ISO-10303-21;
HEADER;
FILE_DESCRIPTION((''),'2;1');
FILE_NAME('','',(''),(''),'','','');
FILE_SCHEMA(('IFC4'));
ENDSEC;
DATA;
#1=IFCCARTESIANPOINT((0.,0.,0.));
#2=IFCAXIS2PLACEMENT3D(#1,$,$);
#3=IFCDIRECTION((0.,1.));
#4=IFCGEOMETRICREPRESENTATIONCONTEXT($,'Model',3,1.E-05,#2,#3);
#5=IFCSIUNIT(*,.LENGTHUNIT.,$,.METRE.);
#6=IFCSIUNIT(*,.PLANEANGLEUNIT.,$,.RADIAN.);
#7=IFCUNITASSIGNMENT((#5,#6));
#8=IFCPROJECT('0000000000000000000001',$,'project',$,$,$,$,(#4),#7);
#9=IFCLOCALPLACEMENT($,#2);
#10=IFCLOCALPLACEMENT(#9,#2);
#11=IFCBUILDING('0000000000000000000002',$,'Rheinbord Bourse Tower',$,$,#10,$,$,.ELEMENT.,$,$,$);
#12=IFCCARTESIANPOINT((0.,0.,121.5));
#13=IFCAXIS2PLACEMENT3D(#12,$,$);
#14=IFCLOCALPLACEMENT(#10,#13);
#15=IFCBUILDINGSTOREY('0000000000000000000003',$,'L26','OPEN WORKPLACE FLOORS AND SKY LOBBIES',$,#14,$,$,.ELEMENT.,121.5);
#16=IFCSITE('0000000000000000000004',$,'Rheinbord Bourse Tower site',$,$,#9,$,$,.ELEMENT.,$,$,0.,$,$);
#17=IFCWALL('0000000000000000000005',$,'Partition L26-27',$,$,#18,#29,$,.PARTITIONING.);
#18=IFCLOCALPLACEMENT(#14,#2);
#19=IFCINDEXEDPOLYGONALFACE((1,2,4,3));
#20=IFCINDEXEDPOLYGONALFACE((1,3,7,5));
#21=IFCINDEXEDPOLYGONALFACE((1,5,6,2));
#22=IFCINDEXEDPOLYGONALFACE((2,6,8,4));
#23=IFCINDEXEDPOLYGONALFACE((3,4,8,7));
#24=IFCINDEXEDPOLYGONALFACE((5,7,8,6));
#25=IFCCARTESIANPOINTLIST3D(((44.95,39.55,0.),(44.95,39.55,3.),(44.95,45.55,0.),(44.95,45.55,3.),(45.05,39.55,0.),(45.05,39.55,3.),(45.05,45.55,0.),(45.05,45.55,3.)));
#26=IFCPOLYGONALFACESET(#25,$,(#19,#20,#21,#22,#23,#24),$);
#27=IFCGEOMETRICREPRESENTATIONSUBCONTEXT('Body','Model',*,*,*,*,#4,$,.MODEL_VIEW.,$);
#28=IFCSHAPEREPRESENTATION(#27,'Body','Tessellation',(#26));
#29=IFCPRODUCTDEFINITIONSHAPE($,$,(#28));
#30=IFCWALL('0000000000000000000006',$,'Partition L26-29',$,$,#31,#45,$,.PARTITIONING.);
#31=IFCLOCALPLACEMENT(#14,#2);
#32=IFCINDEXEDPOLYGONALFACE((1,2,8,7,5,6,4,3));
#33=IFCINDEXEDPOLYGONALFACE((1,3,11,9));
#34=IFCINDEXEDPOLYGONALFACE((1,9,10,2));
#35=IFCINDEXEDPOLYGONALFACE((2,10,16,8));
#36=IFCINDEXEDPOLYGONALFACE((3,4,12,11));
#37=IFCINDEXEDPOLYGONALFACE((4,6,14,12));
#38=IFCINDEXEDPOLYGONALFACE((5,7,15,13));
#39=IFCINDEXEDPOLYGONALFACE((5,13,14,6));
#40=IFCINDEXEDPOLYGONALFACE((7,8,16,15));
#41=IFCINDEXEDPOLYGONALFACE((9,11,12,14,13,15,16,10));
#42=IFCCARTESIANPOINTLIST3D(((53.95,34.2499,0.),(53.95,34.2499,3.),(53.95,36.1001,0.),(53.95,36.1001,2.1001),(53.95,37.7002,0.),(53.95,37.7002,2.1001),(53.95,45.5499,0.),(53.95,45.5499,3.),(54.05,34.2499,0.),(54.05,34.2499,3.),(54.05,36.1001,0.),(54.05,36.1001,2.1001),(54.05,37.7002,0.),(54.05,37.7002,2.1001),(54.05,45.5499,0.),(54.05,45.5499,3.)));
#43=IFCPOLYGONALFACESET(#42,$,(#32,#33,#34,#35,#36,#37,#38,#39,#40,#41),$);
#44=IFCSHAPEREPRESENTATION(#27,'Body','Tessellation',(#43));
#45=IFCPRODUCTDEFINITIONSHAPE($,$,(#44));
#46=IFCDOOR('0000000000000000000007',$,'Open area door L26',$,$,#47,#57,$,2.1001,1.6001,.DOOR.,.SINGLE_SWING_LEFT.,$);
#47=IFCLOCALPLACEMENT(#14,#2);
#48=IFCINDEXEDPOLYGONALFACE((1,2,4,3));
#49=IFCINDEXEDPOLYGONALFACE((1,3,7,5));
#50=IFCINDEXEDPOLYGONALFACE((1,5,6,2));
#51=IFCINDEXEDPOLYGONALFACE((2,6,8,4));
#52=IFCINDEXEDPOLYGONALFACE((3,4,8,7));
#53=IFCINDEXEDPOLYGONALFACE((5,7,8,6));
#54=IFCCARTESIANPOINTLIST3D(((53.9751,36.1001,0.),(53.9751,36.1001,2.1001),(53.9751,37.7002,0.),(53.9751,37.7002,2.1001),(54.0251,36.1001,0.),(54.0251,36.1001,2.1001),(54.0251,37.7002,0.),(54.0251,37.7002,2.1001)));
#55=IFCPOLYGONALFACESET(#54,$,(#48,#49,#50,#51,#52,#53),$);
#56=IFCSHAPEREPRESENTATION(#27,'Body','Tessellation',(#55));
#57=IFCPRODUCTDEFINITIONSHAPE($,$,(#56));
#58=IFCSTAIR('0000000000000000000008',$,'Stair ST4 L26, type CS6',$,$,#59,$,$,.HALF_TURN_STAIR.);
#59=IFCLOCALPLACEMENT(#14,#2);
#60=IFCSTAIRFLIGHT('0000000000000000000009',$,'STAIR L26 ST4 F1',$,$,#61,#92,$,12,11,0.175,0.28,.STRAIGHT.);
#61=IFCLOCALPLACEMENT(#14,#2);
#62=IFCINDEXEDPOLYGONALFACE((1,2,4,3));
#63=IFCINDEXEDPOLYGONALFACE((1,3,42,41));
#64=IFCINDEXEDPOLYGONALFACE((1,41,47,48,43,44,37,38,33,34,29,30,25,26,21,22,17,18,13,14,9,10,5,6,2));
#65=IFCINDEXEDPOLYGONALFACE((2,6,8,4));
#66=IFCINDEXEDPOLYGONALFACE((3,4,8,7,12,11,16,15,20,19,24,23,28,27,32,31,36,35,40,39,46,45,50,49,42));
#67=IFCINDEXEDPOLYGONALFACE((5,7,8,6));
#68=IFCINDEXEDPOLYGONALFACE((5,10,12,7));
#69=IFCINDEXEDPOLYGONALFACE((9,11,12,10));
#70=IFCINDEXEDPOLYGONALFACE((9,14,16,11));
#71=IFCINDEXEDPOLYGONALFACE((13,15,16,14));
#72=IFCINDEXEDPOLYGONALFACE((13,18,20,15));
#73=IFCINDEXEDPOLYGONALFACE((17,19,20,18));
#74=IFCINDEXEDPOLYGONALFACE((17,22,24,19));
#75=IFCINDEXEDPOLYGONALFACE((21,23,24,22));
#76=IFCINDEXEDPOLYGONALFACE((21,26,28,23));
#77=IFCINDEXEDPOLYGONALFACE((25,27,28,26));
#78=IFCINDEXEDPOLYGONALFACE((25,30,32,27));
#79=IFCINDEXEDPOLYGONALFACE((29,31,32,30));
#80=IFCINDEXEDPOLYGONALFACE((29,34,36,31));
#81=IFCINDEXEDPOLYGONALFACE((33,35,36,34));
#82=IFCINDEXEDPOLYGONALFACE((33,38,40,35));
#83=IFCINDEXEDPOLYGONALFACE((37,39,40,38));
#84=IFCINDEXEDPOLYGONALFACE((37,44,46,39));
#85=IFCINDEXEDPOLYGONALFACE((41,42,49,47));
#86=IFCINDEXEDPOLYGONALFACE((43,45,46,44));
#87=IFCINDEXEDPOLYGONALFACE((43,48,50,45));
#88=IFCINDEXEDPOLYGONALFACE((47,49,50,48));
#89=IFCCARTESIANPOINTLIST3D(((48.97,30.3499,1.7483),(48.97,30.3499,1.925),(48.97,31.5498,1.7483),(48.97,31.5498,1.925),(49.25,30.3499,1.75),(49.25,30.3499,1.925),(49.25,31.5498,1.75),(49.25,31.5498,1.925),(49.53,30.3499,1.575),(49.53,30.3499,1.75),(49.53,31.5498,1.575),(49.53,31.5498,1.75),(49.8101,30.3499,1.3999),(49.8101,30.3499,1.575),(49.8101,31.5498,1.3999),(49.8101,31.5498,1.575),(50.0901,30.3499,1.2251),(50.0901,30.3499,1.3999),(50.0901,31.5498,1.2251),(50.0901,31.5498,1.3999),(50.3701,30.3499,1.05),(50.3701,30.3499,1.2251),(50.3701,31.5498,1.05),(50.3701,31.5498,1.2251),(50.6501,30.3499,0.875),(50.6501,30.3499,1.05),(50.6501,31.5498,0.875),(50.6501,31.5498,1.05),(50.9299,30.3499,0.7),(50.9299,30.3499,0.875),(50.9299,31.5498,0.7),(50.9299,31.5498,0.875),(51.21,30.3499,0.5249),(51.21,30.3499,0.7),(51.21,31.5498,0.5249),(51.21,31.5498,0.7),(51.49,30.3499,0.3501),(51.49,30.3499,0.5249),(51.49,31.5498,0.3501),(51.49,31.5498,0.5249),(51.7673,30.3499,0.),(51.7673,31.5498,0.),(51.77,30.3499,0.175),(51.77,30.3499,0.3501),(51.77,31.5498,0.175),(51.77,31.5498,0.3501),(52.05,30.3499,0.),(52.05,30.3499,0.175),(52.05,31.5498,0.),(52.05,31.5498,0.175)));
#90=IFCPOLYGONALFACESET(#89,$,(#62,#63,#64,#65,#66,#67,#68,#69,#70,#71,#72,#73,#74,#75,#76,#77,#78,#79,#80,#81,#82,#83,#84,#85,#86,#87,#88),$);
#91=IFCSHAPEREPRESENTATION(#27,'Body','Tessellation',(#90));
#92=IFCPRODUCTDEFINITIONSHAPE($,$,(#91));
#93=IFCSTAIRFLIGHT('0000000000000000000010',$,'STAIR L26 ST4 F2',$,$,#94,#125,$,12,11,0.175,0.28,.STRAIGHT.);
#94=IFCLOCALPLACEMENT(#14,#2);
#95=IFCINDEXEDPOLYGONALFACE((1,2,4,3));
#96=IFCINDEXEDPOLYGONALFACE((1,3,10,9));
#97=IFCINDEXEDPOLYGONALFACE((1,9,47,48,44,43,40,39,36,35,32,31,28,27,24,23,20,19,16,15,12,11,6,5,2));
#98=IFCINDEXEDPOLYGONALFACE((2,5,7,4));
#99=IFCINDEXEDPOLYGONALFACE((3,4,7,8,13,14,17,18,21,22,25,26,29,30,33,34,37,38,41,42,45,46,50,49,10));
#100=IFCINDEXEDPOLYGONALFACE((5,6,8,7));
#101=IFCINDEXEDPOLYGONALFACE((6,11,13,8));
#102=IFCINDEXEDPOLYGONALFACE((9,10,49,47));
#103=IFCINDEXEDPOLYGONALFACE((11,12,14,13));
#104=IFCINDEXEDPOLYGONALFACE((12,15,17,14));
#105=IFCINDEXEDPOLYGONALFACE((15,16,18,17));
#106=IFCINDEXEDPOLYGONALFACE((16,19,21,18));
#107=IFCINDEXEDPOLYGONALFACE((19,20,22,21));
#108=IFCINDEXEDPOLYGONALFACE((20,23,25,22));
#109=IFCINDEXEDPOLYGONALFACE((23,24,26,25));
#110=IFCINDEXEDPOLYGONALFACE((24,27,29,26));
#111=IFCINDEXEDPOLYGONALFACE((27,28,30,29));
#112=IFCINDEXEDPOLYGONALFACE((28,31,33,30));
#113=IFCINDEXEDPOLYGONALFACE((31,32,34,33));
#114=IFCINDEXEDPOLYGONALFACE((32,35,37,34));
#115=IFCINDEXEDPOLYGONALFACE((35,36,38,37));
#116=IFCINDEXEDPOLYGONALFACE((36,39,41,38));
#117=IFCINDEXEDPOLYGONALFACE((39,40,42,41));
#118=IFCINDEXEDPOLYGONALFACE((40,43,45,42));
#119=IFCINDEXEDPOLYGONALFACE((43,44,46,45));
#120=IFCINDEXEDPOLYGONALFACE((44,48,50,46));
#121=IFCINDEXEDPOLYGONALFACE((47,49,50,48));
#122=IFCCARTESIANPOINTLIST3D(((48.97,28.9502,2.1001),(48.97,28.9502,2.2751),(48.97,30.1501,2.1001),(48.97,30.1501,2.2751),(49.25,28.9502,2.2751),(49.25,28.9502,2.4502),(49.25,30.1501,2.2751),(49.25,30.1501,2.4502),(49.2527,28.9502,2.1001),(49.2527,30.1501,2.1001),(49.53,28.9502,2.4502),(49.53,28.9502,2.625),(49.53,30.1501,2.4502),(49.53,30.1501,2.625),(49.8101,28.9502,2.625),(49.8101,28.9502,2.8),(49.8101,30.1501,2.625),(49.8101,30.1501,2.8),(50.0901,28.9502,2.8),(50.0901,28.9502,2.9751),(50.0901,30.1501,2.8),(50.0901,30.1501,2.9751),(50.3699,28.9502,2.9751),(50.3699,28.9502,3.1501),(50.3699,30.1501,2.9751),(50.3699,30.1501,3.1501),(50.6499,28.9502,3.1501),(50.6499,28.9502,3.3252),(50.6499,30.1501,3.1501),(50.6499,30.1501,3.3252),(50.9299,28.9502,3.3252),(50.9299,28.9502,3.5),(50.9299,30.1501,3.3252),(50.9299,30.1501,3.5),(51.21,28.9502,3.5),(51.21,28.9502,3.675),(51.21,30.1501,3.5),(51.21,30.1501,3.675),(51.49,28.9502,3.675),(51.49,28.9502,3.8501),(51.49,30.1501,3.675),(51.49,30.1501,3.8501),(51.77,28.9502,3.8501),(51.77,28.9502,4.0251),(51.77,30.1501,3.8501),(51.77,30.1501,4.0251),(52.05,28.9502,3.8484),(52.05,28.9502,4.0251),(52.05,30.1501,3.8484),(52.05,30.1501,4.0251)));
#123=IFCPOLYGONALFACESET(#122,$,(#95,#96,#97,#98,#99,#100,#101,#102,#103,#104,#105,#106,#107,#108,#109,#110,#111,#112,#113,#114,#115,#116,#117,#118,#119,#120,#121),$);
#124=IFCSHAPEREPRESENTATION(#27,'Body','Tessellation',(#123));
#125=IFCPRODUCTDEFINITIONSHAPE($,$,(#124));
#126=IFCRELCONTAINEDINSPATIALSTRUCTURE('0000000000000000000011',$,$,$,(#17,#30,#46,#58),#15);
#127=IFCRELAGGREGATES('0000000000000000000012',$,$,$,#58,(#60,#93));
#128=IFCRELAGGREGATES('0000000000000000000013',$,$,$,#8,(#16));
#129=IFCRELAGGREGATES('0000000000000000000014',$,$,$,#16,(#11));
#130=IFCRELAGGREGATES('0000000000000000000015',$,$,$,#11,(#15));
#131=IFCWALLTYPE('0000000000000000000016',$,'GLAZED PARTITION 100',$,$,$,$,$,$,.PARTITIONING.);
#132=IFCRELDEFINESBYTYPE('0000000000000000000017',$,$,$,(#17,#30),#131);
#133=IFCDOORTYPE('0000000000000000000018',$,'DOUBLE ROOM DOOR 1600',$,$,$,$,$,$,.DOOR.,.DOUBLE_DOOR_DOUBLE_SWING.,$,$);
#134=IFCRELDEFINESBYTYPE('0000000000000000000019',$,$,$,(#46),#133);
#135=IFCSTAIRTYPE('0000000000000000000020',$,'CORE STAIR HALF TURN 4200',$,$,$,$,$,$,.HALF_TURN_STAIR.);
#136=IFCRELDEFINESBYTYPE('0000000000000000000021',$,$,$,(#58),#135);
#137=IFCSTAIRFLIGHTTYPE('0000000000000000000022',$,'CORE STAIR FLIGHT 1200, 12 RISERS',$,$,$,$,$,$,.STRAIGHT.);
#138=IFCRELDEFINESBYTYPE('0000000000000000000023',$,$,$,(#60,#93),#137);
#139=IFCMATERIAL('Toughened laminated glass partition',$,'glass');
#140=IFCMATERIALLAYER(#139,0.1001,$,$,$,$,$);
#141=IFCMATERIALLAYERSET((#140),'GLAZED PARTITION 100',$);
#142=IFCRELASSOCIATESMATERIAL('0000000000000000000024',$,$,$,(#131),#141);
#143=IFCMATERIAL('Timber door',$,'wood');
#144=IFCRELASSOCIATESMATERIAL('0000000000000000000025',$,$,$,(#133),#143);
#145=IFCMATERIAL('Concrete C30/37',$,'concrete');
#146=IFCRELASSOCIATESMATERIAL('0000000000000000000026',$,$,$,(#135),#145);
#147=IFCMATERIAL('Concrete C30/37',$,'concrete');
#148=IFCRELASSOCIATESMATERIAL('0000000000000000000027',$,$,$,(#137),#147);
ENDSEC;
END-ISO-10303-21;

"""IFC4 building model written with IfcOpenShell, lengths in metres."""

from ifc_helpers import new_model, si_unit, direction, frame, frame_2d, origin, place, context, subcontext, project, spatial, polyline, rectangle, outline, extrude, material, layer, layer_set, type_object, element, fill, aggregate, save


model = new_model("IFC4")

# Units and contexts
model_context = context("Model", 3, precision=1e-05, world=origin(), true_north=direction((0.0, 1.0)))
body_context = subcontext(model_context, "Body", "Model", "MODEL_VIEW")
ifc_project = project(units=[si_unit("LENGTHUNIT", "METRE"), si_unit("PLANEANGLEUNIT", "RADIAN")], contexts=[model_context])

# Site, building, storey
site_placement = place(None, origin())
site = spatial("IfcSite", under=ifc_project, at=site_placement, Name="Rheinbord Bourse Tower site", CompositionType="ELEMENT", RefElevation=0.0)
building_placement = place(site_placement, origin())
building = spatial("IfcBuilding", under=site, at=building_placement, Name="Rheinbord Bourse Tower", CompositionType="ELEMENT")
storey_placement = place(building_placement, frame((0.0, 0.0, 121.5)))
storey = spatial("IfcBuildingStorey", under=building, at=storey_placement, Name="L26", Description="OPEN WORKPLACE FLOORS AND SKY LOBBIES", CompositionType="ELEMENT", Elevation=121.5)

# Wall
ifc_material_1 = material(Name="Toughened laminated glass partition", Category="glass")
ifc_layer_1 = layer(ifc_material_1, 0.1001)
ifc_layer_set_1 = layer_set([ifc_layer_1], Name="GLAZED PARTITION 100")
wall_type_1 = type_object("IfcWallType", Name="GLAZED PARTITION 100", PredefinedType="PARTITIONING", material=ifc_layer_set_1)
wall_1_placement = place(storey_placement, frame((45.0, 39.55, 0.0), z_axis=(0.0, 0.0, 1.0), x_axis=(0.0, 1.0, 0.0)))
element("IfcWall", 1, at=wall_1_placement, inside=storey, type_object=wall_type_1, Name="Partition L26-27", PredefinedType="PARTITIONING", context=body_context, shape_type="SweptSolid", body=[
    extrude(rectangle(XDim=6.0, YDim=0.1001, at=frame_2d((3.0, 0.0))), origin(), (0.0, 0.0, 1.0), 3.0),
])

# Wall, opening, door
wall_2_placement = place(storey_placement, frame((54.0, 34.25, 0.0), z_axis=(0.0, 0.0, 1.0), x_axis=(0.0, 1.0, 0.0)))
wall_2 = element("IfcWall", 2, at=wall_2_placement, inside=storey, type_object=wall_type_1, Name="Partition L26-29", PredefinedType="PARTITIONING", context=body_context, shape_type="SweptSolid", body=[
    extrude(rectangle(XDim=11.3, YDim=0.1001, at=frame_2d((5.6499, 0.0))), origin(), (0.0, 0.0, 1.0), 3.0),
])
opening_1_placement = place(wall_2_placement, frame((1.8501, 0.0, 0.0)))
opening_1 = element("IfcOpeningElement", 3, at=opening_1_placement, cuts=wall_2, PredefinedType="OPENING", context=body_context, shape_type="SweptSolid", body=[
    extrude(rectangle(XDim=1.6001, YDim=2.1001, at=frame_2d((0.8, 1.05))), frame((0.0, 0.0601, 0.0), z_axis=(0.0, -1.0, 0.0), x_axis=(1.0, 0.0, 0.0)), (0.0, 0.0, 1.0), 0.1201),
])
ifc_material_2 = material(Name="Timber door", Category="wood")
door_type_1 = type_object("IfcDoorType", Name="DOUBLE ROOM DOOR 1600", OperationType="DOUBLE_DOOR_DOUBLE_SWING", PredefinedType="DOOR", material=ifc_material_2)
door_1_placement = place(opening_1_placement, origin())
door_1 = element("IfcDoor", 4, at=door_1_placement, inside=storey, type_object=door_type_1, Name="Open area door L26", OperationType="SINGLE_SWING_LEFT", OverallHeight=2.1001, OverallWidth=1.6001, PredefinedType="DOOR", context=body_context, shape_type="SweptSolid", body=[
    extrude(rectangle(XDim=1.6001, YDim=2.1001, at=frame_2d((0.8, 1.05))), frame((0.0, 0.0249, 0.0), z_axis=(0.0, -1.0, 0.0), x_axis=(1.0, 0.0, 0.0)), (0.0, 0.0, 1.0), 0.05),
])
fill(opening_1, door_1)

# Stair, stair flights
ifc_material_3 = material(Name="Concrete C30/37", Category="concrete")
stair_type = type_object("IfcStairType", Name="CORE STAIR HALF TURN 4200", PredefinedType="HALF_TURN_STAIR", material=ifc_material_3)
stair_placement = place(storey_placement, origin())
stair = element("IfcStair", 5, at=stair_placement, inside=storey, type_object=stair_type, Name="Stair ST4 L26, type CS6", PredefinedType="HALF_TURN_STAIR")
ifc_material_4 = material(Name="Concrete C30/37", Category="concrete")
stair_flight_type = type_object("IfcStairFlightType", Name="CORE STAIR FLIGHT 1200, 12 RISERS", PredefinedType="STRAIGHT", material=ifc_material_4)
stair_flight_1_placement = place(storey_placement, frame((52.05, 30.95, 0.0), z_axis=(0.0, 0.0, 1.0), x_axis=(-1.0, 0.0, 0.0)))
stair_flight_1 = element("IfcStairFlight", 6, at=stair_flight_1_placement, type_object=stair_flight_type, Name="STAIR L26 ST4 F1", NumberOfRisers=12, NumberOfTreads=11, PredefinedType="STRAIGHT", RiserHeight=0.175, TreadLength=0.28, context=body_context, shape_type="SweptSolid", body=[
    extrude(outline(polyline([(0.0, 0.0), (0.0, 0.175), (0.28, 0.175), (0.28, 0.3501), (0.5601, 0.3501), (0.5601, 0.5249), (0.8401, 0.5249), (0.8401, 0.7), (1.1201, 0.7), (1.1201, 0.875), (1.3999, 0.875), (1.3999, 1.05), (1.6799, 1.05), (1.6799, 1.2251), (1.96, 1.2251), (1.96, 1.3999), (2.24, 1.3999), (2.24, 1.575), (2.52, 1.575), (2.52, 1.75), (2.8, 1.75), (2.8, 1.925), (3.0801, 1.925), (3.0801, 2.1001), (3.0801, 1.7483), (0.2827, 0.0), (0.0, 0.0)])), frame((0.0, 0.6001, 0.0), z_axis=(0.0, -1.0, 0.0), x_axis=(1.0, 0.0, 0.0)), (0.0, 0.0, 1.0), 1.2),
])
stair_flight_2_placement = place(storey_placement, frame((48.97, 29.55, 2.1001), z_axis=(0.0, 0.0, 1.0), x_axis=(1.0, 0.0, 0.0)))
stair_flight_2 = element("IfcStairFlight", 7, at=stair_flight_2_placement, type_object=stair_flight_type, Name="STAIR L26 ST4 F2", NumberOfRisers=12, NumberOfTreads=11, PredefinedType="STRAIGHT", RiserHeight=0.175, TreadLength=0.28, context=body_context, shape_type="SweptSolid", body=[
    extrude(outline(polyline([(0.0, 0.0), (0.0, 0.175), (0.28, 0.175), (0.28, 0.3501), (0.5601, 0.3501), (0.5601, 0.5249), (0.8401, 0.5249), (0.8401, 0.7), (1.1201, 0.7), (1.1201, 0.875), (1.3999, 0.875), (1.3999, 1.05), (1.6799, 1.05), (1.6799, 1.2251), (1.96, 1.2251), (1.96, 1.3999), (2.24, 1.3999), (2.24, 1.575), (2.52, 1.575), (2.52, 1.75), (2.8, 1.75), (2.8, 1.925), (3.0801, 1.925), (3.0801, 2.1001), (3.0801, 1.7483), (0.2827, 0.0), (0.0, 0.0)])), frame((0.0, 0.6001, 0.0), z_axis=(0.0, -1.0, 0.0), x_axis=(1.0, 0.0, 0.0)), (0.0, 0.0, 1.0), 1.2),
])
aggregate(stair, [stair_flight_1, stair_flight_2])

save(model, "model.ifc")
